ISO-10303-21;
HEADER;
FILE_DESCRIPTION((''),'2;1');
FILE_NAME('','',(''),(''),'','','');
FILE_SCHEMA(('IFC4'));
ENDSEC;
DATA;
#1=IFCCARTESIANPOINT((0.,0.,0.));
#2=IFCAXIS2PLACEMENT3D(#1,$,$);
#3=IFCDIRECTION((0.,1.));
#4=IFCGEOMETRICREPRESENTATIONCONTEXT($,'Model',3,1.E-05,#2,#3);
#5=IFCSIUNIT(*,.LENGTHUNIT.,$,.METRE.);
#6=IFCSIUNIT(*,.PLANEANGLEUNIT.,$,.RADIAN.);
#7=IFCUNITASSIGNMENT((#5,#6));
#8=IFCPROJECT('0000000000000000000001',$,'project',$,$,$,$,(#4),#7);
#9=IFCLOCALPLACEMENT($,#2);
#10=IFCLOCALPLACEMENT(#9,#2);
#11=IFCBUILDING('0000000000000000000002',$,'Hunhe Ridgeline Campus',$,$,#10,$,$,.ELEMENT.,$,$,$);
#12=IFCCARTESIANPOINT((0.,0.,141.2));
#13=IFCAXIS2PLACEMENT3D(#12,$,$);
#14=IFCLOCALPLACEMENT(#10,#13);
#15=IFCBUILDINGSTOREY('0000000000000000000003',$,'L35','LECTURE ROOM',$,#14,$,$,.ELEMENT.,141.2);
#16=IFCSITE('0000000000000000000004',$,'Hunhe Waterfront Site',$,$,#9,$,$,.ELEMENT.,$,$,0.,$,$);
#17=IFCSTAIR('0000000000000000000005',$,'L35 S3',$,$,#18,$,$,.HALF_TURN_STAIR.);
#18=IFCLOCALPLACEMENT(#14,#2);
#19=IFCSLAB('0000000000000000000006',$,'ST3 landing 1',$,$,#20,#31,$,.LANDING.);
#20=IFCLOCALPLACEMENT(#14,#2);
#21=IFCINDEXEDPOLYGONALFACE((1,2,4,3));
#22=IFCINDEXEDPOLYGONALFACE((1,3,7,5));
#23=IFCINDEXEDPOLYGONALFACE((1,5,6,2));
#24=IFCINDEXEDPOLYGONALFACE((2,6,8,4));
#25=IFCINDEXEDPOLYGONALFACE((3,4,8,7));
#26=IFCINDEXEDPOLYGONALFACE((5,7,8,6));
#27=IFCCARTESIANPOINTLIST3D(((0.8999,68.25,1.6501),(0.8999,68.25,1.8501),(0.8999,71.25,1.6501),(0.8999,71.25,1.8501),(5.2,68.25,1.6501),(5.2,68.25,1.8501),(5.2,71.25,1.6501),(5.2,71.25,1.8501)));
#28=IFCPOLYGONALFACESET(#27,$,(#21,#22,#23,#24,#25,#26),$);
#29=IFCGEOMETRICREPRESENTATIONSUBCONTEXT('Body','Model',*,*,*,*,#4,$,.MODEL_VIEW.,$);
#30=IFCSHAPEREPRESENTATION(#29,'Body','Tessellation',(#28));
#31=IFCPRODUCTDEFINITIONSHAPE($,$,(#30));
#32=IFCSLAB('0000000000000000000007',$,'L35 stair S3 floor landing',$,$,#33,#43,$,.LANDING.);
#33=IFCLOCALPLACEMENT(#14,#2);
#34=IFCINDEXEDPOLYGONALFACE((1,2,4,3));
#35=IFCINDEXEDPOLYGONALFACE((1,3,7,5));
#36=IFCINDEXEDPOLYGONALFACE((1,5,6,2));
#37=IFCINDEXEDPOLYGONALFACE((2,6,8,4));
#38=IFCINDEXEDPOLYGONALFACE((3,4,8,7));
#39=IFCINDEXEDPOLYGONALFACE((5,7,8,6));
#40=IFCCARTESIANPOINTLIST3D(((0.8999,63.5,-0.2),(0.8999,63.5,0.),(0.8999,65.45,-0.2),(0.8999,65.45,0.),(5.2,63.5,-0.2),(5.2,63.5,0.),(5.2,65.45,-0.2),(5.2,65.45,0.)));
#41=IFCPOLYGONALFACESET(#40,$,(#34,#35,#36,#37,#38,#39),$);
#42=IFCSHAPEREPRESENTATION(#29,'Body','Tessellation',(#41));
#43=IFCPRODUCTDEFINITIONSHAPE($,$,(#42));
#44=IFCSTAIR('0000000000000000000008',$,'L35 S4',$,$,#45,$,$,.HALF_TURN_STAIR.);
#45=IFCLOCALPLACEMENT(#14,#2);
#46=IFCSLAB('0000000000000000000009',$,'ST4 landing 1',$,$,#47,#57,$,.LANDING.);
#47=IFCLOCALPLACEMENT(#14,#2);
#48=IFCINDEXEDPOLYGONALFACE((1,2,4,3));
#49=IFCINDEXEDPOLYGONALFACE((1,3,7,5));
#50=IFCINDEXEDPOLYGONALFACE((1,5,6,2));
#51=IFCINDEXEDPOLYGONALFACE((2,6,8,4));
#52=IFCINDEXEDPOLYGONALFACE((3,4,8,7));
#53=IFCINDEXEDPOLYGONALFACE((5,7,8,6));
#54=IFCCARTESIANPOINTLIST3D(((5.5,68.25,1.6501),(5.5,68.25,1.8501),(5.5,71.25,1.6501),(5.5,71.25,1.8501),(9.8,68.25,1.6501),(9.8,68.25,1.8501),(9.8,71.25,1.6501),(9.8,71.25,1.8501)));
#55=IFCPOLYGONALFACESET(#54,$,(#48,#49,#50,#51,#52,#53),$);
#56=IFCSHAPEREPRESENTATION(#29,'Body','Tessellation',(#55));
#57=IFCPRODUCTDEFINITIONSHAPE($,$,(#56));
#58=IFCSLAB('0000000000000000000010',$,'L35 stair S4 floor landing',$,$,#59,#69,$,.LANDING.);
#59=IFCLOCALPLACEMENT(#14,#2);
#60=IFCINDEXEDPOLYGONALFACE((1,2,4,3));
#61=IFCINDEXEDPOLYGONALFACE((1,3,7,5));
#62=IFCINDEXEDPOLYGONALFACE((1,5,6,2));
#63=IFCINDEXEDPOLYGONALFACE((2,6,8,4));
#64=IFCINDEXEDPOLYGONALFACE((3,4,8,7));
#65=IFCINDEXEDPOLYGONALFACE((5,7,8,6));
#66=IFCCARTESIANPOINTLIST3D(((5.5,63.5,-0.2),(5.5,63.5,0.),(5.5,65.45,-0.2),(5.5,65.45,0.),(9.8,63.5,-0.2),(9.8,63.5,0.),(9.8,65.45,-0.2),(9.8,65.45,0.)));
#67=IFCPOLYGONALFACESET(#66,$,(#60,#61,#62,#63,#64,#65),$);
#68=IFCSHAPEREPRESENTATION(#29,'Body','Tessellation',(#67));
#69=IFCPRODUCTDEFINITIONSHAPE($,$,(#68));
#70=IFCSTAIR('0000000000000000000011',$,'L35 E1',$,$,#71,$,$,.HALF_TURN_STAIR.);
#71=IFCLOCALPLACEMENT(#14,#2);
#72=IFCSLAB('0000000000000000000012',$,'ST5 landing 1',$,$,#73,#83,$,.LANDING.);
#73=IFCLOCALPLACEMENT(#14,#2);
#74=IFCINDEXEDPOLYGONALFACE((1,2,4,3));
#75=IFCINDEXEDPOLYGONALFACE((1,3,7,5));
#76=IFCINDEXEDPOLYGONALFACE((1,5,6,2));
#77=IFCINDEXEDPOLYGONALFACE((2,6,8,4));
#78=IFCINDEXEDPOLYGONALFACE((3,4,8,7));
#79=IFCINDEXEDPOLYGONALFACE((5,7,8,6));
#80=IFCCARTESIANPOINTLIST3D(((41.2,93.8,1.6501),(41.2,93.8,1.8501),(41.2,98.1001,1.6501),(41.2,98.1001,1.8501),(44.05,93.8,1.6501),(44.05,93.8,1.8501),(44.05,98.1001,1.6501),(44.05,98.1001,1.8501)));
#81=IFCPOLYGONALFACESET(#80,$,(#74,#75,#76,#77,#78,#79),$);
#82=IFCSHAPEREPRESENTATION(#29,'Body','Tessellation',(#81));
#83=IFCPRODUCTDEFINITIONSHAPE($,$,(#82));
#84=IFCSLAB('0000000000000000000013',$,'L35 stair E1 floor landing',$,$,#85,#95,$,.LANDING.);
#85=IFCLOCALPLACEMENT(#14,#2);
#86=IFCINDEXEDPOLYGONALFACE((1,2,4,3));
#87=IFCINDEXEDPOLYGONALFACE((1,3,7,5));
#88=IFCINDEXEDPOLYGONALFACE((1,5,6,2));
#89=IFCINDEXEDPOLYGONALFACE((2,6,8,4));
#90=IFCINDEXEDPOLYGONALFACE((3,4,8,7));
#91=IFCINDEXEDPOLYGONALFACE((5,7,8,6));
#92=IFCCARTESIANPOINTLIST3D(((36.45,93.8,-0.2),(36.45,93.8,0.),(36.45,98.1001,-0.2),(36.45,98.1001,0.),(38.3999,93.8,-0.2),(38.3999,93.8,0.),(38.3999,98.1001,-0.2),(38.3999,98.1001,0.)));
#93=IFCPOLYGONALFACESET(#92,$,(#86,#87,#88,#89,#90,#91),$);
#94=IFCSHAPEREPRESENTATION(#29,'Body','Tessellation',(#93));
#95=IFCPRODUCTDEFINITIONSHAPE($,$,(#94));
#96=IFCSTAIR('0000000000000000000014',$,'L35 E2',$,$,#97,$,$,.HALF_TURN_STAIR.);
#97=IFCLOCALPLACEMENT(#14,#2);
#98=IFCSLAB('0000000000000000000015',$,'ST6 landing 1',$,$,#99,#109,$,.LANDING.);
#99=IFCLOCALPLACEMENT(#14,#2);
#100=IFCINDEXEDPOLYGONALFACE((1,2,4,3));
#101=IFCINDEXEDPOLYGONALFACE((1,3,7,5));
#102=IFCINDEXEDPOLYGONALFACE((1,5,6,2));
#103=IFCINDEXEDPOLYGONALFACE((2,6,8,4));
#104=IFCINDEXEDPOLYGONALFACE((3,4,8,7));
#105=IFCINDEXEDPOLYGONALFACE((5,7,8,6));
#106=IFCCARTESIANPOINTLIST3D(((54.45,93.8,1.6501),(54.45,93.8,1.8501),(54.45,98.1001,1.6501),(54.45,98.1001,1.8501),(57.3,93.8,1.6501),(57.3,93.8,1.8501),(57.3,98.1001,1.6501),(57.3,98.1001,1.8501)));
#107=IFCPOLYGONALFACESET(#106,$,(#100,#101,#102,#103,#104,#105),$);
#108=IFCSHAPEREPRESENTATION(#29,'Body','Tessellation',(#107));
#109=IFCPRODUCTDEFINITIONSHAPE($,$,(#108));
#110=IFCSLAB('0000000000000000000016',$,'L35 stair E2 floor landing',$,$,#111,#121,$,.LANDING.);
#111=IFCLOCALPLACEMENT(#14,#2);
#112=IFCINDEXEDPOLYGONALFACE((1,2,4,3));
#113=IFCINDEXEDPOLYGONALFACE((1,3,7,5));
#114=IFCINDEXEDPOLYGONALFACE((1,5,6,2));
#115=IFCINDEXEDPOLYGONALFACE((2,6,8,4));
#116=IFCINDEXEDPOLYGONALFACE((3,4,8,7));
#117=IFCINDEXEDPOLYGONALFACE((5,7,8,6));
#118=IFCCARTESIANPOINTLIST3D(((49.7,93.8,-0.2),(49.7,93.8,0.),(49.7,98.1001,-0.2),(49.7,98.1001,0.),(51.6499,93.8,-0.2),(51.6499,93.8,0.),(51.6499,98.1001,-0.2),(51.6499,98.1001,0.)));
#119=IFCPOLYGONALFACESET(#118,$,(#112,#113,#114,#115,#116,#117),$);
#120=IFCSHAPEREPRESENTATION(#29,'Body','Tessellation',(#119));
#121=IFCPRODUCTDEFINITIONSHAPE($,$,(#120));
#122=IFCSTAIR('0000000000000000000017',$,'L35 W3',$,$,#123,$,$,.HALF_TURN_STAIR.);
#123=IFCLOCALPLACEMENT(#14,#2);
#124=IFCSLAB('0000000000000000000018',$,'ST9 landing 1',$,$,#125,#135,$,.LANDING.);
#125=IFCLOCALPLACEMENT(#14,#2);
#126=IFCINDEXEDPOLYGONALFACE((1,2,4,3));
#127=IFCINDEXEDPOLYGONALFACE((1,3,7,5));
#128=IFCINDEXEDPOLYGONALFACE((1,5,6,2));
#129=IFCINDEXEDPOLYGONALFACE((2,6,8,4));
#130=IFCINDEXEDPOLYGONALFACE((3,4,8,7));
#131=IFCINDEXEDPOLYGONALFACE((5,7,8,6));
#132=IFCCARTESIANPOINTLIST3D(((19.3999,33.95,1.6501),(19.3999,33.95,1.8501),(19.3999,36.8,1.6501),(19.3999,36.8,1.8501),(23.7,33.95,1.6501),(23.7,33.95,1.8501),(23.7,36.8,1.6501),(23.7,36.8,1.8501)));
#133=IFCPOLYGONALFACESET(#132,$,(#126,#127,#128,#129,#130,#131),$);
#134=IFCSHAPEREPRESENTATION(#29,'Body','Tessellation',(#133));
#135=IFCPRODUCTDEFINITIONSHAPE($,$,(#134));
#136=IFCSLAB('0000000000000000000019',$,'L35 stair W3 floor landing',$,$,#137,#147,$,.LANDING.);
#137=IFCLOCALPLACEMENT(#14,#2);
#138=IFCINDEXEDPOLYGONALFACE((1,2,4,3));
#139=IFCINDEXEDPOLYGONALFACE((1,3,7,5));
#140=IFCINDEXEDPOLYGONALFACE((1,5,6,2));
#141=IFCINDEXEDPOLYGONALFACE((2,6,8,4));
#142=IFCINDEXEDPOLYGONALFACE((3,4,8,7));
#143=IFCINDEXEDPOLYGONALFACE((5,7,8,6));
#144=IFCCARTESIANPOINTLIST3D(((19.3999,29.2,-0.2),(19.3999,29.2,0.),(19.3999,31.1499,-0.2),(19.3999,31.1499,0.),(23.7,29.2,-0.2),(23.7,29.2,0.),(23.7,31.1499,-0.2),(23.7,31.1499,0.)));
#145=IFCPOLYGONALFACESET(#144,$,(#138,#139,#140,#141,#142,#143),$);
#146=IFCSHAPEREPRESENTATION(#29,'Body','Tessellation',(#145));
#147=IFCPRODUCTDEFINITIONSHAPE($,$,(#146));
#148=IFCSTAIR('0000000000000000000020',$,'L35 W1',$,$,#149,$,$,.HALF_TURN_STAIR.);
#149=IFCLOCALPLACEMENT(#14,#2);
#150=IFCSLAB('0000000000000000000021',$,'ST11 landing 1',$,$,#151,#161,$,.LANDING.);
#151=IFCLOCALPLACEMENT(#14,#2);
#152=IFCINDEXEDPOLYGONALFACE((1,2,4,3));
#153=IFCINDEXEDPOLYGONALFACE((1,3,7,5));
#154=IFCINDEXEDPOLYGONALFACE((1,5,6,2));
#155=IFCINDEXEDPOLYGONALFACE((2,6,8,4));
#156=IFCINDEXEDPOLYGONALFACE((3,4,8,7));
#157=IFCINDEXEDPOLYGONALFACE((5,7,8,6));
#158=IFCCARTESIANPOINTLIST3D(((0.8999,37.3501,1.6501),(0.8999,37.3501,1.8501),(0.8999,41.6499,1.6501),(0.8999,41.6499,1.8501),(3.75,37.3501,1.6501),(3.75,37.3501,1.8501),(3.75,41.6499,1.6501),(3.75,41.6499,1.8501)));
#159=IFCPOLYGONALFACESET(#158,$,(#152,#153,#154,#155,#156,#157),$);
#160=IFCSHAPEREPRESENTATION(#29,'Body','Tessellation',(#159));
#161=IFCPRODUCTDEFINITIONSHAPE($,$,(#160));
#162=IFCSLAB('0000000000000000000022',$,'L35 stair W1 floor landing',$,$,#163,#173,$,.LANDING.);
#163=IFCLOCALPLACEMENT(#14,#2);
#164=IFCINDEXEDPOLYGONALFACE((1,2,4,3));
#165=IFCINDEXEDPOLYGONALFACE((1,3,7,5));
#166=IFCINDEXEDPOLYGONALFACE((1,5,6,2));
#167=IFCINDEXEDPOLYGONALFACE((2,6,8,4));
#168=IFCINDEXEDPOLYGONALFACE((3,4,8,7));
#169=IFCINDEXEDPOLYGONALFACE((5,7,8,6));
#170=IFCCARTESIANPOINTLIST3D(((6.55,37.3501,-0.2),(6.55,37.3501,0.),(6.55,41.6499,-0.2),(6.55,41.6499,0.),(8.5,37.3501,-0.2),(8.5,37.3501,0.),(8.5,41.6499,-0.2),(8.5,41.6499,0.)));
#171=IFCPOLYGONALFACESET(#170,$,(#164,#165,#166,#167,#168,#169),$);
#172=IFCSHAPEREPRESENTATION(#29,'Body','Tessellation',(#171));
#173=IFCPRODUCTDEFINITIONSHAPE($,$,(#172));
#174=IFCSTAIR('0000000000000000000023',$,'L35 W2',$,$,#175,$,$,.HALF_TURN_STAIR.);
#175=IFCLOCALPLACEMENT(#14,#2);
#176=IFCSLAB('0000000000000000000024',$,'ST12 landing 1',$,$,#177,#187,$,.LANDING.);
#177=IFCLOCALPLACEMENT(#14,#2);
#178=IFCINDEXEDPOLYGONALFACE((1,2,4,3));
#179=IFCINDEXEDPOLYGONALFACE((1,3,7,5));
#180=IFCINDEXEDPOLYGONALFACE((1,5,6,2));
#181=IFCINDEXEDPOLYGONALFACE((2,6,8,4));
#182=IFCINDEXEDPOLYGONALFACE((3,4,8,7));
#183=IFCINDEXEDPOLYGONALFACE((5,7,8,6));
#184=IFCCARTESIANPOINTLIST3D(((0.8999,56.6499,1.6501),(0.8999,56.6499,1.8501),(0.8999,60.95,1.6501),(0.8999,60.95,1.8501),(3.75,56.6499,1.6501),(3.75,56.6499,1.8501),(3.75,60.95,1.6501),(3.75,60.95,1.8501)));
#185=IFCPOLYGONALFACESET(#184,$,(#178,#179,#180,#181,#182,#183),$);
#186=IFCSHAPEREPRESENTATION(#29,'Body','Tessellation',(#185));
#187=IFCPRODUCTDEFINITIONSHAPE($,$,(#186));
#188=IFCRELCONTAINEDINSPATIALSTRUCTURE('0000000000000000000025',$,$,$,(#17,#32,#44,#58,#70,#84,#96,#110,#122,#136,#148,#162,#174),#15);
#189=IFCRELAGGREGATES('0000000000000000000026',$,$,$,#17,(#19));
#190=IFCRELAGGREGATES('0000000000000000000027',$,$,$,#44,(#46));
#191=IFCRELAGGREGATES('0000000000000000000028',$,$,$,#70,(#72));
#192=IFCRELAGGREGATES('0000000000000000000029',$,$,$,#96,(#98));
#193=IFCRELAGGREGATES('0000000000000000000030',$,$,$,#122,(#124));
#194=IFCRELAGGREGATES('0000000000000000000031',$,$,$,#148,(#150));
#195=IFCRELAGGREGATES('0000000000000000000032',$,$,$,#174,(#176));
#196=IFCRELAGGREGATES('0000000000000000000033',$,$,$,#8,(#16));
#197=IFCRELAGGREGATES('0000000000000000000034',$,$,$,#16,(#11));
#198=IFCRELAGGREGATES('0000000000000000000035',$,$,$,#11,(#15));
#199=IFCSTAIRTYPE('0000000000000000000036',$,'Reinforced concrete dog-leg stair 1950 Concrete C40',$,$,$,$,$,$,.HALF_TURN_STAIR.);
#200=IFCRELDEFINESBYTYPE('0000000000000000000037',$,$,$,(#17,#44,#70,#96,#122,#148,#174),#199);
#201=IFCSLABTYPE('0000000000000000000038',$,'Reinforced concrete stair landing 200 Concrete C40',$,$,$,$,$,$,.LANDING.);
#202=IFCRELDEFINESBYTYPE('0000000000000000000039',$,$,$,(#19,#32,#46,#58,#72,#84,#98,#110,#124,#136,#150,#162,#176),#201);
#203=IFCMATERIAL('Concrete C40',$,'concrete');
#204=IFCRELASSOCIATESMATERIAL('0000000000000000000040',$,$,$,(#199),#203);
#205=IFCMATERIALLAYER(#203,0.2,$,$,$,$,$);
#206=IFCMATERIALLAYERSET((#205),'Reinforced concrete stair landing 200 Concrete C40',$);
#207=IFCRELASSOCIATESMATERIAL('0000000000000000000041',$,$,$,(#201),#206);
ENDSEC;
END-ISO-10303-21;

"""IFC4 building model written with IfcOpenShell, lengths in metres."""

from ifc_helpers import new_model, si_unit, direction, frame, origin, place, context, subcontext, project, spatial, polyline, outline, extrude, material, layer, layer_set, type_object, element, aggregate, save


model = new_model("IFC4")

# Units and contexts
model_context = context("Model", 3, precision=1e-05, world=origin(), true_north=direction((0.0, 1.0)))
body_context = subcontext(model_context, "Body", "Model", "MODEL_VIEW")
ifc_project = project(units=[si_unit("LENGTHUNIT", "METRE"), si_unit("PLANEANGLEUNIT", "RADIAN")], contexts=[model_context])

# Site, building, storey
site_placement = place(None, origin())
site = spatial("IfcSite", under=ifc_project, at=site_placement, Name="Hunhe Waterfront Site", CompositionType="ELEMENT", RefElevation=0.0)
building_placement = place(site_placement, origin())
building = spatial("IfcBuilding", under=site, at=building_placement, Name="Hunhe Ridgeline Campus", CompositionType="ELEMENT")
storey_placement = place(building_placement, frame((0.0, 0.0, 141.2)))
storey = spatial("IfcBuildingStorey", under=building, at=storey_placement, Name="L35", Description="LECTURE ROOM", CompositionType="ELEMENT", Elevation=141.2)

# Shared definitions
ifc_material_1 = material(Name="Concrete C40", Category="concrete")

# Shared definitions
stair_type = type_object("IfcStairType", Name="Reinforced concrete dog-leg stair 1950 Concrete C40", PredefinedType="HALF_TURN_STAIR", material=ifc_material_1)
ifc_layer_1 = layer(ifc_material_1, 0.2)
ifc_layer_set_1 = layer_set([ifc_layer_1], Name="Reinforced concrete stair landing 200 Concrete C40")
slab_type_1 = type_object("IfcSlabType", Name="Reinforced concrete stair landing 200 Concrete C40", PredefinedType="LANDING", material=ifc_layer_set_1)

# Stair, slab
stair_1_placement = place(storey_placement, origin())
stair_1 = element("IfcStair", 1, at=stair_1_placement, inside=storey, type_object=stair_type, Name="L35 S3", PredefinedType="HALF_TURN_STAIR")
slab_1_placement = place(storey_placement, frame((0.0, 0.0, 1.6501)))
slab_1 = element("IfcSlab", 2, at=slab_1_placement, type_object=slab_type_1, Name="ST3 landing 1", PredefinedType="LANDING", context=body_context, shape_type="SweptSolid", body=[
    extrude(outline(polyline([(5.2, 68.25), (5.2, 71.25), (0.8999, 71.25), (0.8999, 68.25), (5.2, 68.25)])), origin(), (0.0, 0.0, 1.0), 0.2),
])
aggregate(stair_1, [slab_1])

# Slab
slab_2_placement = place(storey_placement, frame((0.0, 0.0, -0.2)))
element("IfcSlab", 3, at=slab_2_placement, inside=storey, type_object=slab_type_1, Name="L35 stair S3 floor landing", PredefinedType="LANDING", context=body_context, shape_type="SweptSolid", body=[
    extrude(outline(polyline([(5.2, 63.5), (5.2, 65.45), (0.8999, 65.45), (0.8999, 63.5), (5.2, 63.5)])), origin(), (0.0, 0.0, 1.0), 0.2),
])

# Stair, slab
stair_2_placement = place(storey_placement, origin())
stair_2 = element("IfcStair", 4, at=stair_2_placement, inside=storey, type_object=stair_type, Name="L35 S4", PredefinedType="HALF_TURN_STAIR")
slab_3_placement = place(storey_placement, frame((0.0, 0.0, 1.6501)))
slab_3 = element("IfcSlab", 5, at=slab_3_placement, type_object=slab_type_1, Name="ST4 landing 1", PredefinedType="LANDING", context=body_context, shape_type="SweptSolid", body=[
    extrude(outline(polyline([(9.8, 68.25), (9.8, 71.25), (5.5, 71.25), (5.5, 68.25), (9.8, 68.25)])), origin(), (0.0, 0.0, 1.0), 0.2),
])
aggregate(stair_2, [slab_3])

# Slab
slab_4_placement = place(storey_placement, frame((0.0, 0.0, -0.2)))
element("IfcSlab", 6, at=slab_4_placement, inside=storey, type_object=slab_type_1, Name="L35 stair S4 floor landing", PredefinedType="LANDING", context=body_context, shape_type="SweptSolid", body=[
    extrude(outline(polyline([(9.8, 63.5), (9.8, 65.45), (5.5, 65.45), (5.5, 63.5), (9.8, 63.5)])), origin(), (0.0, 0.0, 1.0), 0.2),
])

# Stair, slab
stair_3_placement = place(storey_placement, origin())
stair_3 = element("IfcStair", 7, at=stair_3_placement, inside=storey, type_object=stair_type, Name="L35 E1", PredefinedType="HALF_TURN_STAIR")
slab_5_placement = place(storey_placement, frame((0.0, 0.0, 1.6501)))
slab_5 = element("IfcSlab", 8, at=slab_5_placement, type_object=slab_type_1, Name="ST5 landing 1", PredefinedType="LANDING", context=body_context, shape_type="SweptSolid", body=[
    extrude(outline(polyline([(41.2, 93.8), (44.05, 93.8), (44.05, 98.1001), (41.2, 98.1001), (41.2, 93.8)])), origin(), (0.0, 0.0, 1.0), 0.2),
])
aggregate(stair_3, [slab_5])

# Slab
slab_6_placement = place(storey_placement, frame((0.0, 0.0, -0.2)))
element("IfcSlab", 9, at=slab_6_placement, inside=storey, type_object=slab_type_1, Name="L35 stair E1 floor landing", PredefinedType="LANDING", context=body_context, shape_type="SweptSolid", body=[
    extrude(outline(polyline([(36.45, 93.8), (38.3999, 93.8), (38.3999, 98.1001), (36.45, 98.1001), (36.45, 93.8)])), origin(), (0.0, 0.0, 1.0), 0.2),
])

# Stair, slab
stair_4_placement = place(storey_placement, origin())
stair_4 = element("IfcStair", 10, at=stair_4_placement, inside=storey, type_object=stair_type, Name="L35 E2", PredefinedType="HALF_TURN_STAIR")
slab_7_placement = place(storey_placement, frame((0.0, 0.0, 1.6501)))
slab_7 = element("IfcSlab", 11, at=slab_7_placement, type_object=slab_type_1, Name="ST6 landing 1", PredefinedType="LANDING", context=body_context, shape_type="SweptSolid", body=[
    extrude(outline(polyline([(54.45, 93.8), (57.3, 93.8), (57.3, 98.1001), (54.45, 98.1001), (54.45, 93.8)])), origin(), (0.0, 0.0, 1.0), 0.2),
])
aggregate(stair_4, [slab_7])

# Slab
slab_8_placement = place(storey_placement, frame((0.0, 0.0, -0.2)))
element("IfcSlab", 12, at=slab_8_placement, inside=storey, type_object=slab_type_1, Name="L35 stair E2 floor landing", PredefinedType="LANDING", context=body_context, shape_type="SweptSolid", body=[
    extrude(outline(polyline([(49.7, 93.8), (51.6499, 93.8), (51.6499, 98.1001), (49.7, 98.1001), (49.7, 93.8)])), origin(), (0.0, 0.0, 1.0), 0.2),
])

# Stair, slab
stair_5_placement = place(storey_placement, origin())
stair_5 = element("IfcStair", 13, at=stair_5_placement, inside=storey, type_object=stair_type, Name="L35 W3", PredefinedType="HALF_TURN_STAIR")
slab_9_placement = place(storey_placement, frame((0.0, 0.0, 1.6501)))
slab_9 = element("IfcSlab", 14, at=slab_9_placement, type_object=slab_type_1, Name="ST9 landing 1", PredefinedType="LANDING", context=body_context, shape_type="SweptSolid", body=[
    extrude(outline(polyline([(23.7, 33.95), (23.7, 36.8), (19.3999, 36.8), (19.3999, 33.95), (23.7, 33.95)])), origin(), (0.0, 0.0, 1.0), 0.2),
])
aggregate(stair_5, [slab_9])

# Slab
slab_10_placement = place(storey_placement, frame((0.0, 0.0, -0.2)))
element("IfcSlab", 15, at=slab_10_placement, inside=storey, type_object=slab_type_1, Name="L35 stair W3 floor landing", PredefinedType="LANDING", context=body_context, shape_type="SweptSolid", body=[
    extrude(outline(polyline([(23.7, 29.2), (23.7, 31.1499), (19.3999, 31.1499), (19.3999, 29.2), (23.7, 29.2)])), origin(), (0.0, 0.0, 1.0), 0.2),
])

# Stair, slab
stair_6_placement = place(storey_placement, origin())
stair_6 = element("IfcStair", 16, at=stair_6_placement, inside=storey, type_object=stair_type, Name="L35 W1", PredefinedType="HALF_TURN_STAIR")
slab_11_placement = place(storey_placement, frame((0.0, 0.0, 1.6501)))
slab_11 = element("IfcSlab", 17, at=slab_11_placement, type_object=slab_type_1, Name="ST11 landing 1", PredefinedType="LANDING", context=body_context, shape_type="SweptSolid", body=[
    extrude(outline(polyline([(3.75, 41.6499), (0.8999, 41.6499), (0.8999, 37.3501), (3.75, 37.3501), (3.75, 41.6499)])), origin(), (0.0, 0.0, 1.0), 0.2),
])
aggregate(stair_6, [slab_11])

# Slab
slab_12_placement = place(storey_placement, frame((0.0, 0.0, -0.2)))
element("IfcSlab", 18, at=slab_12_placement, inside=storey, type_object=slab_type_1, Name="L35 stair W1 floor landing", PredefinedType="LANDING", context=body_context, shape_type="SweptSolid", body=[
    extrude(outline(polyline([(8.5, 41.6499), (6.55, 41.6499), (6.55, 37.3501), (8.5, 37.3501), (8.5, 41.6499)])), origin(), (0.0, 0.0, 1.0), 0.2),
])

# Stair, slab
stair_7_placement = place(storey_placement, origin())
stair_7 = element("IfcStair", 19, at=stair_7_placement, inside=storey, type_object=stair_type, Name="L35 W2", PredefinedType="HALF_TURN_STAIR")
slab_13_placement = place(storey_placement, frame((0.0, 0.0, 1.6501)))
slab_13 = element("IfcSlab", 20, at=slab_13_placement, type_object=slab_type_1, Name="ST12 landing 1", PredefinedType="LANDING", context=body_context, shape_type="SweptSolid", body=[
    extrude(outline(polyline([(3.75, 60.95), (0.8999, 60.95), (0.8999, 56.6499), (3.75, 56.6499), (3.75, 60.95)])), origin(), (0.0, 0.0, 1.0), 0.2),
])
aggregate(stair_7, [slab_13])

save(model, "model.ifc")
